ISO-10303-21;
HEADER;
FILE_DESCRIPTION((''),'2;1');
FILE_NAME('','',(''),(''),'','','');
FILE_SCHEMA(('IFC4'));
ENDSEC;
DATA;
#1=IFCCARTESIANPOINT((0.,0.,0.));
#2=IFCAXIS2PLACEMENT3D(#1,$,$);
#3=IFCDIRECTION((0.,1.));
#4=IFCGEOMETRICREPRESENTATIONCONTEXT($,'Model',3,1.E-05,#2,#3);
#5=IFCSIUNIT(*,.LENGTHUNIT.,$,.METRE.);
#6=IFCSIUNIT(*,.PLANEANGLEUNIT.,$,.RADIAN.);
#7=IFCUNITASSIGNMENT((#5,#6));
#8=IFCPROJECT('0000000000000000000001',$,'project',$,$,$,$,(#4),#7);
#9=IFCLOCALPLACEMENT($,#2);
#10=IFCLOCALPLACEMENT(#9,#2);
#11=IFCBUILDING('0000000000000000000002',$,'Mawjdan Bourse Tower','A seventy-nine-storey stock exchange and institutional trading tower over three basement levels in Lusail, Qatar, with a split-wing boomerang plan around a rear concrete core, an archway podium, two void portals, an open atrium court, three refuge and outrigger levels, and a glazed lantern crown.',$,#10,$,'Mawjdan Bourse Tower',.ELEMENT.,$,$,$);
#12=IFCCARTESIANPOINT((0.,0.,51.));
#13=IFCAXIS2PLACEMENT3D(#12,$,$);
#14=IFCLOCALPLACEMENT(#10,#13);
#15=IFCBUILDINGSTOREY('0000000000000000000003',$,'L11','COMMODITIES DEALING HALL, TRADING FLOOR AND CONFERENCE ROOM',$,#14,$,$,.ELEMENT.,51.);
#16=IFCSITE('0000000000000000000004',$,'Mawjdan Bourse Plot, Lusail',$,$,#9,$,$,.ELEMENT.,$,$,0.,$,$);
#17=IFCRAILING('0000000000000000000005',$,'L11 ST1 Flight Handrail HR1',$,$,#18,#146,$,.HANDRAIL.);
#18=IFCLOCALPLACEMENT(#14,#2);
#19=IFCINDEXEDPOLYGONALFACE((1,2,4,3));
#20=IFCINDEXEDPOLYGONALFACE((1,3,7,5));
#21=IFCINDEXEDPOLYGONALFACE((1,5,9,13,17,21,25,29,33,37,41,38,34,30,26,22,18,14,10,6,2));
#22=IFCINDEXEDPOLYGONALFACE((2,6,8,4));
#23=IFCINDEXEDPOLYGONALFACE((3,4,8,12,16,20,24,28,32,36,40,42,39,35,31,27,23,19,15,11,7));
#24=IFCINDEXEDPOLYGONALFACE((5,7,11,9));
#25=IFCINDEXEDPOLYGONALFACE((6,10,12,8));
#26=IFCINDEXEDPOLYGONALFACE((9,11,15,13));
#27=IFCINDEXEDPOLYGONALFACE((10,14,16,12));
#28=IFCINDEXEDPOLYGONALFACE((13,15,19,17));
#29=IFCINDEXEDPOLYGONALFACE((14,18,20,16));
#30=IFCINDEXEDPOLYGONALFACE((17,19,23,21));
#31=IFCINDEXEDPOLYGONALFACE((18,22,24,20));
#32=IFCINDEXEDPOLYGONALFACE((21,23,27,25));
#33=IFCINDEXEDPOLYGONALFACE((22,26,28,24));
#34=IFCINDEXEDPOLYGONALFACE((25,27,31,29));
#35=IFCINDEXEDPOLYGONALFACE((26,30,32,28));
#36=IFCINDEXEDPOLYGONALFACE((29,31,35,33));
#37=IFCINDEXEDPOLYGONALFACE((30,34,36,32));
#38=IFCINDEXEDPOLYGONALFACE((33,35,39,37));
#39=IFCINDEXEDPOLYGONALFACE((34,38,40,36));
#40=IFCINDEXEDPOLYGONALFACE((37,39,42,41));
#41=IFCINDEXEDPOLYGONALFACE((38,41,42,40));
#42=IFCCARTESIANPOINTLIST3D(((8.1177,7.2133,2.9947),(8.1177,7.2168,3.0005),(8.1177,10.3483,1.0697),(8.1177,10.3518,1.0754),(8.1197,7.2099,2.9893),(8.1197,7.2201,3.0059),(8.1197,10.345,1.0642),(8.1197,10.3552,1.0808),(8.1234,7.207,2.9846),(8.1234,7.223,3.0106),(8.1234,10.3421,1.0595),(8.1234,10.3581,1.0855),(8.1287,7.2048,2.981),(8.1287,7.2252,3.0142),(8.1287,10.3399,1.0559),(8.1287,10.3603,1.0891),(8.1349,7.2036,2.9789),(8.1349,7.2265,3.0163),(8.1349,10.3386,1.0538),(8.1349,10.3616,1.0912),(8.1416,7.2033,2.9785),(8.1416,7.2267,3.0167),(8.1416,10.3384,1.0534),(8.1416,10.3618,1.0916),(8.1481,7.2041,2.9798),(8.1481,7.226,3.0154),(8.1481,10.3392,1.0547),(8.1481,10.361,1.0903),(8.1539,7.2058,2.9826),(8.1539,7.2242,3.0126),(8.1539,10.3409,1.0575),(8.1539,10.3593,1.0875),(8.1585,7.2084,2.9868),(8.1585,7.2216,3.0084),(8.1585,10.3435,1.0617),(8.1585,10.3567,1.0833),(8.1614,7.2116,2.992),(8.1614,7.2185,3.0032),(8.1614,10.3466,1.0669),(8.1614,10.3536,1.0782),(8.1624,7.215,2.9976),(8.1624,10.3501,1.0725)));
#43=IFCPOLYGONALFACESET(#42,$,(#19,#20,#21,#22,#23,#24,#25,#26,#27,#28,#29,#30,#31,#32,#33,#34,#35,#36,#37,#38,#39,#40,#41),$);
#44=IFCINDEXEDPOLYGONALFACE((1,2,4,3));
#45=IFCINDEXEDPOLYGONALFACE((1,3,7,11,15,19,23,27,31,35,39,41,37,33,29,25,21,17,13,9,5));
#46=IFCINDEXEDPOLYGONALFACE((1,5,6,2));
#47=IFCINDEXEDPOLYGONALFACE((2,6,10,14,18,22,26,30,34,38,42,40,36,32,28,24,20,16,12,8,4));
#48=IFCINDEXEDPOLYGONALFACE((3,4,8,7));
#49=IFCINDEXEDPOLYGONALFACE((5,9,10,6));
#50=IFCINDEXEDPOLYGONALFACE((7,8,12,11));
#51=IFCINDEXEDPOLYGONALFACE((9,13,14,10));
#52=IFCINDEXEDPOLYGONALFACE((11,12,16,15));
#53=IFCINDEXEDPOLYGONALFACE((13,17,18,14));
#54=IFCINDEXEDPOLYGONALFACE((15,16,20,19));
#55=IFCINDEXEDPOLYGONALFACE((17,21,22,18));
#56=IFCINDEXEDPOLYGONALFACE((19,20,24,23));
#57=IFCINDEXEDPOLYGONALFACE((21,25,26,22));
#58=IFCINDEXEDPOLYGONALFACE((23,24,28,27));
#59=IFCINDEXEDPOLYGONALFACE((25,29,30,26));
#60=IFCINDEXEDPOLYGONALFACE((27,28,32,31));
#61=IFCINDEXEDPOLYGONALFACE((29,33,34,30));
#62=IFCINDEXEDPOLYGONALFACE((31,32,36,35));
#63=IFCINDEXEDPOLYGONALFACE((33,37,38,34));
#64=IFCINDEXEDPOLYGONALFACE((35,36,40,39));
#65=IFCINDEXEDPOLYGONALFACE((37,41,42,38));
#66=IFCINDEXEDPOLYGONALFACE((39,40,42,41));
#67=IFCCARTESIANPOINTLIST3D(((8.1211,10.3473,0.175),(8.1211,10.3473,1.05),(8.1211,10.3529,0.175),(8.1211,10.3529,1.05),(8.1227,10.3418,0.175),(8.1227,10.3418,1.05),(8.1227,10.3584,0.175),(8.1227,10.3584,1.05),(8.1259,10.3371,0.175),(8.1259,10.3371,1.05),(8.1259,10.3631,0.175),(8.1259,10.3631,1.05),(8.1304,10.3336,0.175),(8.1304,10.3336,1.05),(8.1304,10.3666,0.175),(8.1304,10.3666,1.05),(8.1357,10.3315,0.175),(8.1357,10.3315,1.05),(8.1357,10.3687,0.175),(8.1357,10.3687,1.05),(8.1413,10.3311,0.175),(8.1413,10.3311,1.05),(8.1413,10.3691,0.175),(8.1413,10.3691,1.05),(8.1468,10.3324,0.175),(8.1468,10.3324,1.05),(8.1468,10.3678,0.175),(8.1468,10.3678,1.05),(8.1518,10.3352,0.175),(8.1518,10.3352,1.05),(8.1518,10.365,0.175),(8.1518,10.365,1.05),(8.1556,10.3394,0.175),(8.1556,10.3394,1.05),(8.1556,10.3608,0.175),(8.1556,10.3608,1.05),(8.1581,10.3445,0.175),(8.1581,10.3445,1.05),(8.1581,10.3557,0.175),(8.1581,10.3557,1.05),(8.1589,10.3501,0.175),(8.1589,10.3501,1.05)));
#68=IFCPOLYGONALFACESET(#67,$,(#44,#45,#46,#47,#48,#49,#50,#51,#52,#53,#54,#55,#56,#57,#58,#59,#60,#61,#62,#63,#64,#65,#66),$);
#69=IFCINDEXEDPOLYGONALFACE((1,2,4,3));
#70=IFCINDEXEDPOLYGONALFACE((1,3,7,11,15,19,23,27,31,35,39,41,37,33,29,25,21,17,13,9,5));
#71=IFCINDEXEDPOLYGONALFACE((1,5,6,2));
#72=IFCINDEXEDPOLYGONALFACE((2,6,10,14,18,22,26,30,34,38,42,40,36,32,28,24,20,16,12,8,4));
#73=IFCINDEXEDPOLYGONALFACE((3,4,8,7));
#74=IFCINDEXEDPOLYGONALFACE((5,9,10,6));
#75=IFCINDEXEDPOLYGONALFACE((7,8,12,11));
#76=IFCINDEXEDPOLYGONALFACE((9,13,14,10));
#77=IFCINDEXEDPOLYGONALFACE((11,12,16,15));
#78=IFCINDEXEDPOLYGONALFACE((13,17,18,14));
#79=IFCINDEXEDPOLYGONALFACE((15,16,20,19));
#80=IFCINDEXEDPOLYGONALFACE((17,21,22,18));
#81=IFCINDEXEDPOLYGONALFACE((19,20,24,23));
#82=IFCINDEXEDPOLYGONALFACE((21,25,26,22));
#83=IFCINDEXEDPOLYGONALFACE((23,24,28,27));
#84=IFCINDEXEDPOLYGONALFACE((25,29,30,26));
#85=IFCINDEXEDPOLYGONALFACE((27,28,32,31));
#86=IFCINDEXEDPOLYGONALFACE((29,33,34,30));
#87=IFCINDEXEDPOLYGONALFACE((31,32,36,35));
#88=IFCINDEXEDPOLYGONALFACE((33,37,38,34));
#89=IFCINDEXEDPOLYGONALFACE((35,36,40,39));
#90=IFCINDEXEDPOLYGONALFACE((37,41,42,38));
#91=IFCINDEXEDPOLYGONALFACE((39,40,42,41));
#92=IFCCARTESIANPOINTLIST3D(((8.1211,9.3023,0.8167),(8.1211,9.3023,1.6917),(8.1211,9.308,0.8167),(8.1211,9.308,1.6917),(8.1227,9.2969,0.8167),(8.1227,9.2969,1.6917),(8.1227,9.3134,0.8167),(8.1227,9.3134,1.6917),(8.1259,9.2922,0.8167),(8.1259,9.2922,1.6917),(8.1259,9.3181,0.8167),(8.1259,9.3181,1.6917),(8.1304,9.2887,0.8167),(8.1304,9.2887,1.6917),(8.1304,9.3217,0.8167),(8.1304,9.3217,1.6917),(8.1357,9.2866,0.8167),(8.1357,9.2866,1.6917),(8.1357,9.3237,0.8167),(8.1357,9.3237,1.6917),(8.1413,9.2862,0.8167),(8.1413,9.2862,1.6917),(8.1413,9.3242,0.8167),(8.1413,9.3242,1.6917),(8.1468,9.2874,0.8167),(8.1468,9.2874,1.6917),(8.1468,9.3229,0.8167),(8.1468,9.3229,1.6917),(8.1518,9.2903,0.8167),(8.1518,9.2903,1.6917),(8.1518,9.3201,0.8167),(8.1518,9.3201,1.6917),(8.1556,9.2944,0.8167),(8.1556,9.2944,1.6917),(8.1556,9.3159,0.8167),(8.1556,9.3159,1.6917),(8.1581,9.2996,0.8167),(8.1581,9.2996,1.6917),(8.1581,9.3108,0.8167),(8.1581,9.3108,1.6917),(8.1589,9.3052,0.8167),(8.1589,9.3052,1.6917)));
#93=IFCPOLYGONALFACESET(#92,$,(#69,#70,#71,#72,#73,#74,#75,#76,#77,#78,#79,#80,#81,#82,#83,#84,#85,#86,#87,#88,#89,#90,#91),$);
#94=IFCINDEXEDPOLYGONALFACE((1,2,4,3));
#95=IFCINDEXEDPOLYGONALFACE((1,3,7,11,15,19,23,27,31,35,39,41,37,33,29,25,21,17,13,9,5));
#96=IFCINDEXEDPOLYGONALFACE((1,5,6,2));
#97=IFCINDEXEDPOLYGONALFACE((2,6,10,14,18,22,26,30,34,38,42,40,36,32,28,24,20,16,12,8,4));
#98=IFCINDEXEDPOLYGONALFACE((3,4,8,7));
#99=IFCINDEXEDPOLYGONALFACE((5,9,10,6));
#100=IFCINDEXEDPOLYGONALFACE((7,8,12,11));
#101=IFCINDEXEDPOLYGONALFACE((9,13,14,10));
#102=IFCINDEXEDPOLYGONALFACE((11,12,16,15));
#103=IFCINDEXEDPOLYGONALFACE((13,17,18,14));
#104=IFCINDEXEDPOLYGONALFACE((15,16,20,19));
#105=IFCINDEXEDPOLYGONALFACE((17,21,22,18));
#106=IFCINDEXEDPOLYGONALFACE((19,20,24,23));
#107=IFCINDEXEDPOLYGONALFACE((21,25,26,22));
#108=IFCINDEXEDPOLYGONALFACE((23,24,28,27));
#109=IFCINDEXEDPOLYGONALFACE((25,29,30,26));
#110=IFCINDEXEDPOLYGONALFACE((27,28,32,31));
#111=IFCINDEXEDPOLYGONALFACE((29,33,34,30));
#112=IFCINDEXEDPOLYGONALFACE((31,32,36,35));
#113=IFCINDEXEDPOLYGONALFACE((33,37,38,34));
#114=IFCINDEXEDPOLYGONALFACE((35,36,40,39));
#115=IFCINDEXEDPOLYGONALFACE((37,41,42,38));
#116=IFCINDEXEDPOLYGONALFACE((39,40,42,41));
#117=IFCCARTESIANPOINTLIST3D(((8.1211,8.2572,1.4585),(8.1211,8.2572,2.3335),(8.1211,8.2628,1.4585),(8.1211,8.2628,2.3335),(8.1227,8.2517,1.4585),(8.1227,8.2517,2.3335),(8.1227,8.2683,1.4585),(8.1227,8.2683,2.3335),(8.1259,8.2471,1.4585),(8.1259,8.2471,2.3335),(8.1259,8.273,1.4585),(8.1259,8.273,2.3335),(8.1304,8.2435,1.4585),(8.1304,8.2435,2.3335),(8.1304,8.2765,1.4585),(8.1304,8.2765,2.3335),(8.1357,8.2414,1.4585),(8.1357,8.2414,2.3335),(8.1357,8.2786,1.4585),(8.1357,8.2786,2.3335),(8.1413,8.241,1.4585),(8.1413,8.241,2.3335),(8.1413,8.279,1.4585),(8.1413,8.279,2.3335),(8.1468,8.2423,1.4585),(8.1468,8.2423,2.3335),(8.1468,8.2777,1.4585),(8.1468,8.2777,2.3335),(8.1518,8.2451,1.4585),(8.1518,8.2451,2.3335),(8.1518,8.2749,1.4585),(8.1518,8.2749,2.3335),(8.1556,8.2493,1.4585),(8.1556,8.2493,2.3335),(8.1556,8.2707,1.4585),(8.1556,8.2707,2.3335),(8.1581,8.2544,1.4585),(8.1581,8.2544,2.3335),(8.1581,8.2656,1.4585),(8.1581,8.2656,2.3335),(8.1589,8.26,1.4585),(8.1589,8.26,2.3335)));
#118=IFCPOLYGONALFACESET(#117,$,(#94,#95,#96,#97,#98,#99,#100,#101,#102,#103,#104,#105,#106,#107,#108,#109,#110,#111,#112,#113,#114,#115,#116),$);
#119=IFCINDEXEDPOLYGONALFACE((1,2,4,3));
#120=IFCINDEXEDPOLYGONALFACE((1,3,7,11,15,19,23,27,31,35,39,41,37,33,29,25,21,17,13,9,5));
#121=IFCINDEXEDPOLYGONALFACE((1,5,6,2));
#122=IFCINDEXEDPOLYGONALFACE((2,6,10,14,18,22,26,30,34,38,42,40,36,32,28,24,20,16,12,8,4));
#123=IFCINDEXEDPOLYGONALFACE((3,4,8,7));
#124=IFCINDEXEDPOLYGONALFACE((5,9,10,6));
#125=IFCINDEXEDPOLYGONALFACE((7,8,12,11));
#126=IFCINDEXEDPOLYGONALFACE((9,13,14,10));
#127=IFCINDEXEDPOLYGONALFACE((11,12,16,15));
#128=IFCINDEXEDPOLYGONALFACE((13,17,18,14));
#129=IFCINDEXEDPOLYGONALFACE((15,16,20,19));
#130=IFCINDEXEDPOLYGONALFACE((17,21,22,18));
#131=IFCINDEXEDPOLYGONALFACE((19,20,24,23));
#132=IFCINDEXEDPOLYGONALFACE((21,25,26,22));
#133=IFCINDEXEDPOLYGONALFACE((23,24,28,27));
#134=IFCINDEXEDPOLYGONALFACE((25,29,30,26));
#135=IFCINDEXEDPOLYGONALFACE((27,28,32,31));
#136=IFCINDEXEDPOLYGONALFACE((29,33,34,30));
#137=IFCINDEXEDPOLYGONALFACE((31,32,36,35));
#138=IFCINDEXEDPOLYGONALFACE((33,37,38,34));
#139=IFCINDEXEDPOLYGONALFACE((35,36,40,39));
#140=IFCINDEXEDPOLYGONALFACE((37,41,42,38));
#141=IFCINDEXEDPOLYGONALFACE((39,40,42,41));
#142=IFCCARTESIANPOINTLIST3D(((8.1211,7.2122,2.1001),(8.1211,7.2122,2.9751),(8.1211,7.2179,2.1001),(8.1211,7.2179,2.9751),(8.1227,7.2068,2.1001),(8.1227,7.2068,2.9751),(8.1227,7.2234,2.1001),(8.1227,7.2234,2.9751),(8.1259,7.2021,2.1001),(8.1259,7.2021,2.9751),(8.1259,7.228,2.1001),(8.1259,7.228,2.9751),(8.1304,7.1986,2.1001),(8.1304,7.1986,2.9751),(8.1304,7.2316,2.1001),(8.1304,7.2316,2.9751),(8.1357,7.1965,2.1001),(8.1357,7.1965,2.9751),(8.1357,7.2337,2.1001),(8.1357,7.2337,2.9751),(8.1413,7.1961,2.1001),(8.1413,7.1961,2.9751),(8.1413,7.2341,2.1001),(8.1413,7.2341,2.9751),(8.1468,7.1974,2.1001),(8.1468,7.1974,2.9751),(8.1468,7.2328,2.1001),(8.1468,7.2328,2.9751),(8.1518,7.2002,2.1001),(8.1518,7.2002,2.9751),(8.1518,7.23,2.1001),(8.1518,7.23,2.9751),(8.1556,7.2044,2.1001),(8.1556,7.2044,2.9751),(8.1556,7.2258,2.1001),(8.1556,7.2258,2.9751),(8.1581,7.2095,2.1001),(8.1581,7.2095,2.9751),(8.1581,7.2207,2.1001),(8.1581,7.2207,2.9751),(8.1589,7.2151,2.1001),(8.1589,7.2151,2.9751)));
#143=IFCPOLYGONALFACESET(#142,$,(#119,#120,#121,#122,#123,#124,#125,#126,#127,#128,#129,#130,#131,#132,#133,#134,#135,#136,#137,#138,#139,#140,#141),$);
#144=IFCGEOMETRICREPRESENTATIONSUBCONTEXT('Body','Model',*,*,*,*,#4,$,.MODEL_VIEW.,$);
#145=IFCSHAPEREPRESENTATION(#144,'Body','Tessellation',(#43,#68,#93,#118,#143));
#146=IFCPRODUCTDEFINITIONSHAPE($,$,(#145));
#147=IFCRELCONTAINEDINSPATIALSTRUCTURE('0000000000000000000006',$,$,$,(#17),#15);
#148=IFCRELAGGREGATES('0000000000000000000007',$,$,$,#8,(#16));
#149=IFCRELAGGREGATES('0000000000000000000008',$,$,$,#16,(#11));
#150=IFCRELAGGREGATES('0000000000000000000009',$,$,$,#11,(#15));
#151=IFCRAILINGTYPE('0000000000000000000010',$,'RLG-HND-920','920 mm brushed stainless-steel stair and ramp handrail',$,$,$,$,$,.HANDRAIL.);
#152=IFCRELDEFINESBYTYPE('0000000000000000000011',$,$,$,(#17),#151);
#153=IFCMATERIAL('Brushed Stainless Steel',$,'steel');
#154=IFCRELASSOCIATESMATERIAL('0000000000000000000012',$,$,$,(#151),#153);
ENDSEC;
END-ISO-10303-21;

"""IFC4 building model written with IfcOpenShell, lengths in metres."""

from ifc_helpers import new_model, si_unit, direction, frame, origin, origin_2d, place, context, subcontext, project, spatial, circle, extrude, material, type_object, element, save


model = new_model("IFC4")

# Units and contexts
model_context = context("Model", 3, precision=1e-05, world=origin(), true_north=direction((0.0, 1.0)))
body_context = subcontext(model_context, "Body", "Model", "MODEL_VIEW")
ifc_project = project(units=[si_unit("LENGTHUNIT", "METRE"), si_unit("PLANEANGLEUNIT", "RADIAN")], contexts=[model_context])

# Site, building, storey
site_placement = place(None, origin())
site = spatial("IfcSite", under=ifc_project, at=site_placement, Name="Mawjdan Bourse Plot, Lusail", CompositionType="ELEMENT", RefElevation=0.0)
building_placement = place(site_placement, origin())
building = spatial("IfcBuilding", under=site, at=building_placement, Name="Mawjdan Bourse Tower", Description="A seventy-nine-storey stock exchange and institutional trading tower over three basement levels in Lusail, Qatar, with a split-wing boomerang plan around a rear concrete core, an archway podium, two void portals, an open atrium court, three refuge and outrigger levels, and a glazed lantern crown.", LongName="Mawjdan Bourse Tower", CompositionType="ELEMENT")
storey_placement = place(building_placement, frame((0.0, 0.0, 51.0)))
storey = spatial("IfcBuildingStorey", under=building, at=storey_placement, Name="L11", Description="COMMODITIES DEALING HALL, TRADING FLOOR AND CONFERENCE ROOM", CompositionType="ELEMENT", Elevation=51.0)

# Railing
ifc_material_1 = material(Name="Brushed Stainless Steel", Category="steel")
railing_type_1 = type_object("IfcRailingType", Name="RLG-HND-920", Description="920 mm brushed stainless-steel stair and ramp handrail", PredefinedType="HANDRAIL", material=ifc_material_1)
railing_1_placement = place(storey_placement, frame((8.1399, 10.3501, 0.175)))
element("IfcRailing", 1, at=railing_1_placement, inside=storey, type_object=railing_type_1, Name="L11 ST1 Flight Handrail HR1", PredefinedType="HANDRAIL", context=body_context, shape_type="SweptSolid", body=[
    extrude(circle(Radius=0.0225, at=origin_2d()), frame((0.0, 0.0, 0.8975), z_axis=(0.0, -0.852166, 0.523271), x_axis=(1.0, 0.0, 0.0)), (0.0, 0.0, 1.0), 3.679),
    extrude(circle(Radius=0.019, at=origin_2d()), origin(), (0.0, 0.0, 1.0), 0.875),
    extrude(circle(Radius=0.019, at=origin_2d()), frame((0.0, -1.0449, 0.6416)), (0.0, 0.0, 1.0), 0.875),
    extrude(circle(Radius=0.019, at=origin_2d()), frame((0.0, -2.0901, 1.2834)), (0.0, 0.0, 1.0), 0.875),
    extrude(circle(Radius=0.019, at=origin_2d()), frame((0.0, -3.135, 1.925)), (0.0, 0.0, 1.0), 0.875),
])

save(model, "model.ifc")
